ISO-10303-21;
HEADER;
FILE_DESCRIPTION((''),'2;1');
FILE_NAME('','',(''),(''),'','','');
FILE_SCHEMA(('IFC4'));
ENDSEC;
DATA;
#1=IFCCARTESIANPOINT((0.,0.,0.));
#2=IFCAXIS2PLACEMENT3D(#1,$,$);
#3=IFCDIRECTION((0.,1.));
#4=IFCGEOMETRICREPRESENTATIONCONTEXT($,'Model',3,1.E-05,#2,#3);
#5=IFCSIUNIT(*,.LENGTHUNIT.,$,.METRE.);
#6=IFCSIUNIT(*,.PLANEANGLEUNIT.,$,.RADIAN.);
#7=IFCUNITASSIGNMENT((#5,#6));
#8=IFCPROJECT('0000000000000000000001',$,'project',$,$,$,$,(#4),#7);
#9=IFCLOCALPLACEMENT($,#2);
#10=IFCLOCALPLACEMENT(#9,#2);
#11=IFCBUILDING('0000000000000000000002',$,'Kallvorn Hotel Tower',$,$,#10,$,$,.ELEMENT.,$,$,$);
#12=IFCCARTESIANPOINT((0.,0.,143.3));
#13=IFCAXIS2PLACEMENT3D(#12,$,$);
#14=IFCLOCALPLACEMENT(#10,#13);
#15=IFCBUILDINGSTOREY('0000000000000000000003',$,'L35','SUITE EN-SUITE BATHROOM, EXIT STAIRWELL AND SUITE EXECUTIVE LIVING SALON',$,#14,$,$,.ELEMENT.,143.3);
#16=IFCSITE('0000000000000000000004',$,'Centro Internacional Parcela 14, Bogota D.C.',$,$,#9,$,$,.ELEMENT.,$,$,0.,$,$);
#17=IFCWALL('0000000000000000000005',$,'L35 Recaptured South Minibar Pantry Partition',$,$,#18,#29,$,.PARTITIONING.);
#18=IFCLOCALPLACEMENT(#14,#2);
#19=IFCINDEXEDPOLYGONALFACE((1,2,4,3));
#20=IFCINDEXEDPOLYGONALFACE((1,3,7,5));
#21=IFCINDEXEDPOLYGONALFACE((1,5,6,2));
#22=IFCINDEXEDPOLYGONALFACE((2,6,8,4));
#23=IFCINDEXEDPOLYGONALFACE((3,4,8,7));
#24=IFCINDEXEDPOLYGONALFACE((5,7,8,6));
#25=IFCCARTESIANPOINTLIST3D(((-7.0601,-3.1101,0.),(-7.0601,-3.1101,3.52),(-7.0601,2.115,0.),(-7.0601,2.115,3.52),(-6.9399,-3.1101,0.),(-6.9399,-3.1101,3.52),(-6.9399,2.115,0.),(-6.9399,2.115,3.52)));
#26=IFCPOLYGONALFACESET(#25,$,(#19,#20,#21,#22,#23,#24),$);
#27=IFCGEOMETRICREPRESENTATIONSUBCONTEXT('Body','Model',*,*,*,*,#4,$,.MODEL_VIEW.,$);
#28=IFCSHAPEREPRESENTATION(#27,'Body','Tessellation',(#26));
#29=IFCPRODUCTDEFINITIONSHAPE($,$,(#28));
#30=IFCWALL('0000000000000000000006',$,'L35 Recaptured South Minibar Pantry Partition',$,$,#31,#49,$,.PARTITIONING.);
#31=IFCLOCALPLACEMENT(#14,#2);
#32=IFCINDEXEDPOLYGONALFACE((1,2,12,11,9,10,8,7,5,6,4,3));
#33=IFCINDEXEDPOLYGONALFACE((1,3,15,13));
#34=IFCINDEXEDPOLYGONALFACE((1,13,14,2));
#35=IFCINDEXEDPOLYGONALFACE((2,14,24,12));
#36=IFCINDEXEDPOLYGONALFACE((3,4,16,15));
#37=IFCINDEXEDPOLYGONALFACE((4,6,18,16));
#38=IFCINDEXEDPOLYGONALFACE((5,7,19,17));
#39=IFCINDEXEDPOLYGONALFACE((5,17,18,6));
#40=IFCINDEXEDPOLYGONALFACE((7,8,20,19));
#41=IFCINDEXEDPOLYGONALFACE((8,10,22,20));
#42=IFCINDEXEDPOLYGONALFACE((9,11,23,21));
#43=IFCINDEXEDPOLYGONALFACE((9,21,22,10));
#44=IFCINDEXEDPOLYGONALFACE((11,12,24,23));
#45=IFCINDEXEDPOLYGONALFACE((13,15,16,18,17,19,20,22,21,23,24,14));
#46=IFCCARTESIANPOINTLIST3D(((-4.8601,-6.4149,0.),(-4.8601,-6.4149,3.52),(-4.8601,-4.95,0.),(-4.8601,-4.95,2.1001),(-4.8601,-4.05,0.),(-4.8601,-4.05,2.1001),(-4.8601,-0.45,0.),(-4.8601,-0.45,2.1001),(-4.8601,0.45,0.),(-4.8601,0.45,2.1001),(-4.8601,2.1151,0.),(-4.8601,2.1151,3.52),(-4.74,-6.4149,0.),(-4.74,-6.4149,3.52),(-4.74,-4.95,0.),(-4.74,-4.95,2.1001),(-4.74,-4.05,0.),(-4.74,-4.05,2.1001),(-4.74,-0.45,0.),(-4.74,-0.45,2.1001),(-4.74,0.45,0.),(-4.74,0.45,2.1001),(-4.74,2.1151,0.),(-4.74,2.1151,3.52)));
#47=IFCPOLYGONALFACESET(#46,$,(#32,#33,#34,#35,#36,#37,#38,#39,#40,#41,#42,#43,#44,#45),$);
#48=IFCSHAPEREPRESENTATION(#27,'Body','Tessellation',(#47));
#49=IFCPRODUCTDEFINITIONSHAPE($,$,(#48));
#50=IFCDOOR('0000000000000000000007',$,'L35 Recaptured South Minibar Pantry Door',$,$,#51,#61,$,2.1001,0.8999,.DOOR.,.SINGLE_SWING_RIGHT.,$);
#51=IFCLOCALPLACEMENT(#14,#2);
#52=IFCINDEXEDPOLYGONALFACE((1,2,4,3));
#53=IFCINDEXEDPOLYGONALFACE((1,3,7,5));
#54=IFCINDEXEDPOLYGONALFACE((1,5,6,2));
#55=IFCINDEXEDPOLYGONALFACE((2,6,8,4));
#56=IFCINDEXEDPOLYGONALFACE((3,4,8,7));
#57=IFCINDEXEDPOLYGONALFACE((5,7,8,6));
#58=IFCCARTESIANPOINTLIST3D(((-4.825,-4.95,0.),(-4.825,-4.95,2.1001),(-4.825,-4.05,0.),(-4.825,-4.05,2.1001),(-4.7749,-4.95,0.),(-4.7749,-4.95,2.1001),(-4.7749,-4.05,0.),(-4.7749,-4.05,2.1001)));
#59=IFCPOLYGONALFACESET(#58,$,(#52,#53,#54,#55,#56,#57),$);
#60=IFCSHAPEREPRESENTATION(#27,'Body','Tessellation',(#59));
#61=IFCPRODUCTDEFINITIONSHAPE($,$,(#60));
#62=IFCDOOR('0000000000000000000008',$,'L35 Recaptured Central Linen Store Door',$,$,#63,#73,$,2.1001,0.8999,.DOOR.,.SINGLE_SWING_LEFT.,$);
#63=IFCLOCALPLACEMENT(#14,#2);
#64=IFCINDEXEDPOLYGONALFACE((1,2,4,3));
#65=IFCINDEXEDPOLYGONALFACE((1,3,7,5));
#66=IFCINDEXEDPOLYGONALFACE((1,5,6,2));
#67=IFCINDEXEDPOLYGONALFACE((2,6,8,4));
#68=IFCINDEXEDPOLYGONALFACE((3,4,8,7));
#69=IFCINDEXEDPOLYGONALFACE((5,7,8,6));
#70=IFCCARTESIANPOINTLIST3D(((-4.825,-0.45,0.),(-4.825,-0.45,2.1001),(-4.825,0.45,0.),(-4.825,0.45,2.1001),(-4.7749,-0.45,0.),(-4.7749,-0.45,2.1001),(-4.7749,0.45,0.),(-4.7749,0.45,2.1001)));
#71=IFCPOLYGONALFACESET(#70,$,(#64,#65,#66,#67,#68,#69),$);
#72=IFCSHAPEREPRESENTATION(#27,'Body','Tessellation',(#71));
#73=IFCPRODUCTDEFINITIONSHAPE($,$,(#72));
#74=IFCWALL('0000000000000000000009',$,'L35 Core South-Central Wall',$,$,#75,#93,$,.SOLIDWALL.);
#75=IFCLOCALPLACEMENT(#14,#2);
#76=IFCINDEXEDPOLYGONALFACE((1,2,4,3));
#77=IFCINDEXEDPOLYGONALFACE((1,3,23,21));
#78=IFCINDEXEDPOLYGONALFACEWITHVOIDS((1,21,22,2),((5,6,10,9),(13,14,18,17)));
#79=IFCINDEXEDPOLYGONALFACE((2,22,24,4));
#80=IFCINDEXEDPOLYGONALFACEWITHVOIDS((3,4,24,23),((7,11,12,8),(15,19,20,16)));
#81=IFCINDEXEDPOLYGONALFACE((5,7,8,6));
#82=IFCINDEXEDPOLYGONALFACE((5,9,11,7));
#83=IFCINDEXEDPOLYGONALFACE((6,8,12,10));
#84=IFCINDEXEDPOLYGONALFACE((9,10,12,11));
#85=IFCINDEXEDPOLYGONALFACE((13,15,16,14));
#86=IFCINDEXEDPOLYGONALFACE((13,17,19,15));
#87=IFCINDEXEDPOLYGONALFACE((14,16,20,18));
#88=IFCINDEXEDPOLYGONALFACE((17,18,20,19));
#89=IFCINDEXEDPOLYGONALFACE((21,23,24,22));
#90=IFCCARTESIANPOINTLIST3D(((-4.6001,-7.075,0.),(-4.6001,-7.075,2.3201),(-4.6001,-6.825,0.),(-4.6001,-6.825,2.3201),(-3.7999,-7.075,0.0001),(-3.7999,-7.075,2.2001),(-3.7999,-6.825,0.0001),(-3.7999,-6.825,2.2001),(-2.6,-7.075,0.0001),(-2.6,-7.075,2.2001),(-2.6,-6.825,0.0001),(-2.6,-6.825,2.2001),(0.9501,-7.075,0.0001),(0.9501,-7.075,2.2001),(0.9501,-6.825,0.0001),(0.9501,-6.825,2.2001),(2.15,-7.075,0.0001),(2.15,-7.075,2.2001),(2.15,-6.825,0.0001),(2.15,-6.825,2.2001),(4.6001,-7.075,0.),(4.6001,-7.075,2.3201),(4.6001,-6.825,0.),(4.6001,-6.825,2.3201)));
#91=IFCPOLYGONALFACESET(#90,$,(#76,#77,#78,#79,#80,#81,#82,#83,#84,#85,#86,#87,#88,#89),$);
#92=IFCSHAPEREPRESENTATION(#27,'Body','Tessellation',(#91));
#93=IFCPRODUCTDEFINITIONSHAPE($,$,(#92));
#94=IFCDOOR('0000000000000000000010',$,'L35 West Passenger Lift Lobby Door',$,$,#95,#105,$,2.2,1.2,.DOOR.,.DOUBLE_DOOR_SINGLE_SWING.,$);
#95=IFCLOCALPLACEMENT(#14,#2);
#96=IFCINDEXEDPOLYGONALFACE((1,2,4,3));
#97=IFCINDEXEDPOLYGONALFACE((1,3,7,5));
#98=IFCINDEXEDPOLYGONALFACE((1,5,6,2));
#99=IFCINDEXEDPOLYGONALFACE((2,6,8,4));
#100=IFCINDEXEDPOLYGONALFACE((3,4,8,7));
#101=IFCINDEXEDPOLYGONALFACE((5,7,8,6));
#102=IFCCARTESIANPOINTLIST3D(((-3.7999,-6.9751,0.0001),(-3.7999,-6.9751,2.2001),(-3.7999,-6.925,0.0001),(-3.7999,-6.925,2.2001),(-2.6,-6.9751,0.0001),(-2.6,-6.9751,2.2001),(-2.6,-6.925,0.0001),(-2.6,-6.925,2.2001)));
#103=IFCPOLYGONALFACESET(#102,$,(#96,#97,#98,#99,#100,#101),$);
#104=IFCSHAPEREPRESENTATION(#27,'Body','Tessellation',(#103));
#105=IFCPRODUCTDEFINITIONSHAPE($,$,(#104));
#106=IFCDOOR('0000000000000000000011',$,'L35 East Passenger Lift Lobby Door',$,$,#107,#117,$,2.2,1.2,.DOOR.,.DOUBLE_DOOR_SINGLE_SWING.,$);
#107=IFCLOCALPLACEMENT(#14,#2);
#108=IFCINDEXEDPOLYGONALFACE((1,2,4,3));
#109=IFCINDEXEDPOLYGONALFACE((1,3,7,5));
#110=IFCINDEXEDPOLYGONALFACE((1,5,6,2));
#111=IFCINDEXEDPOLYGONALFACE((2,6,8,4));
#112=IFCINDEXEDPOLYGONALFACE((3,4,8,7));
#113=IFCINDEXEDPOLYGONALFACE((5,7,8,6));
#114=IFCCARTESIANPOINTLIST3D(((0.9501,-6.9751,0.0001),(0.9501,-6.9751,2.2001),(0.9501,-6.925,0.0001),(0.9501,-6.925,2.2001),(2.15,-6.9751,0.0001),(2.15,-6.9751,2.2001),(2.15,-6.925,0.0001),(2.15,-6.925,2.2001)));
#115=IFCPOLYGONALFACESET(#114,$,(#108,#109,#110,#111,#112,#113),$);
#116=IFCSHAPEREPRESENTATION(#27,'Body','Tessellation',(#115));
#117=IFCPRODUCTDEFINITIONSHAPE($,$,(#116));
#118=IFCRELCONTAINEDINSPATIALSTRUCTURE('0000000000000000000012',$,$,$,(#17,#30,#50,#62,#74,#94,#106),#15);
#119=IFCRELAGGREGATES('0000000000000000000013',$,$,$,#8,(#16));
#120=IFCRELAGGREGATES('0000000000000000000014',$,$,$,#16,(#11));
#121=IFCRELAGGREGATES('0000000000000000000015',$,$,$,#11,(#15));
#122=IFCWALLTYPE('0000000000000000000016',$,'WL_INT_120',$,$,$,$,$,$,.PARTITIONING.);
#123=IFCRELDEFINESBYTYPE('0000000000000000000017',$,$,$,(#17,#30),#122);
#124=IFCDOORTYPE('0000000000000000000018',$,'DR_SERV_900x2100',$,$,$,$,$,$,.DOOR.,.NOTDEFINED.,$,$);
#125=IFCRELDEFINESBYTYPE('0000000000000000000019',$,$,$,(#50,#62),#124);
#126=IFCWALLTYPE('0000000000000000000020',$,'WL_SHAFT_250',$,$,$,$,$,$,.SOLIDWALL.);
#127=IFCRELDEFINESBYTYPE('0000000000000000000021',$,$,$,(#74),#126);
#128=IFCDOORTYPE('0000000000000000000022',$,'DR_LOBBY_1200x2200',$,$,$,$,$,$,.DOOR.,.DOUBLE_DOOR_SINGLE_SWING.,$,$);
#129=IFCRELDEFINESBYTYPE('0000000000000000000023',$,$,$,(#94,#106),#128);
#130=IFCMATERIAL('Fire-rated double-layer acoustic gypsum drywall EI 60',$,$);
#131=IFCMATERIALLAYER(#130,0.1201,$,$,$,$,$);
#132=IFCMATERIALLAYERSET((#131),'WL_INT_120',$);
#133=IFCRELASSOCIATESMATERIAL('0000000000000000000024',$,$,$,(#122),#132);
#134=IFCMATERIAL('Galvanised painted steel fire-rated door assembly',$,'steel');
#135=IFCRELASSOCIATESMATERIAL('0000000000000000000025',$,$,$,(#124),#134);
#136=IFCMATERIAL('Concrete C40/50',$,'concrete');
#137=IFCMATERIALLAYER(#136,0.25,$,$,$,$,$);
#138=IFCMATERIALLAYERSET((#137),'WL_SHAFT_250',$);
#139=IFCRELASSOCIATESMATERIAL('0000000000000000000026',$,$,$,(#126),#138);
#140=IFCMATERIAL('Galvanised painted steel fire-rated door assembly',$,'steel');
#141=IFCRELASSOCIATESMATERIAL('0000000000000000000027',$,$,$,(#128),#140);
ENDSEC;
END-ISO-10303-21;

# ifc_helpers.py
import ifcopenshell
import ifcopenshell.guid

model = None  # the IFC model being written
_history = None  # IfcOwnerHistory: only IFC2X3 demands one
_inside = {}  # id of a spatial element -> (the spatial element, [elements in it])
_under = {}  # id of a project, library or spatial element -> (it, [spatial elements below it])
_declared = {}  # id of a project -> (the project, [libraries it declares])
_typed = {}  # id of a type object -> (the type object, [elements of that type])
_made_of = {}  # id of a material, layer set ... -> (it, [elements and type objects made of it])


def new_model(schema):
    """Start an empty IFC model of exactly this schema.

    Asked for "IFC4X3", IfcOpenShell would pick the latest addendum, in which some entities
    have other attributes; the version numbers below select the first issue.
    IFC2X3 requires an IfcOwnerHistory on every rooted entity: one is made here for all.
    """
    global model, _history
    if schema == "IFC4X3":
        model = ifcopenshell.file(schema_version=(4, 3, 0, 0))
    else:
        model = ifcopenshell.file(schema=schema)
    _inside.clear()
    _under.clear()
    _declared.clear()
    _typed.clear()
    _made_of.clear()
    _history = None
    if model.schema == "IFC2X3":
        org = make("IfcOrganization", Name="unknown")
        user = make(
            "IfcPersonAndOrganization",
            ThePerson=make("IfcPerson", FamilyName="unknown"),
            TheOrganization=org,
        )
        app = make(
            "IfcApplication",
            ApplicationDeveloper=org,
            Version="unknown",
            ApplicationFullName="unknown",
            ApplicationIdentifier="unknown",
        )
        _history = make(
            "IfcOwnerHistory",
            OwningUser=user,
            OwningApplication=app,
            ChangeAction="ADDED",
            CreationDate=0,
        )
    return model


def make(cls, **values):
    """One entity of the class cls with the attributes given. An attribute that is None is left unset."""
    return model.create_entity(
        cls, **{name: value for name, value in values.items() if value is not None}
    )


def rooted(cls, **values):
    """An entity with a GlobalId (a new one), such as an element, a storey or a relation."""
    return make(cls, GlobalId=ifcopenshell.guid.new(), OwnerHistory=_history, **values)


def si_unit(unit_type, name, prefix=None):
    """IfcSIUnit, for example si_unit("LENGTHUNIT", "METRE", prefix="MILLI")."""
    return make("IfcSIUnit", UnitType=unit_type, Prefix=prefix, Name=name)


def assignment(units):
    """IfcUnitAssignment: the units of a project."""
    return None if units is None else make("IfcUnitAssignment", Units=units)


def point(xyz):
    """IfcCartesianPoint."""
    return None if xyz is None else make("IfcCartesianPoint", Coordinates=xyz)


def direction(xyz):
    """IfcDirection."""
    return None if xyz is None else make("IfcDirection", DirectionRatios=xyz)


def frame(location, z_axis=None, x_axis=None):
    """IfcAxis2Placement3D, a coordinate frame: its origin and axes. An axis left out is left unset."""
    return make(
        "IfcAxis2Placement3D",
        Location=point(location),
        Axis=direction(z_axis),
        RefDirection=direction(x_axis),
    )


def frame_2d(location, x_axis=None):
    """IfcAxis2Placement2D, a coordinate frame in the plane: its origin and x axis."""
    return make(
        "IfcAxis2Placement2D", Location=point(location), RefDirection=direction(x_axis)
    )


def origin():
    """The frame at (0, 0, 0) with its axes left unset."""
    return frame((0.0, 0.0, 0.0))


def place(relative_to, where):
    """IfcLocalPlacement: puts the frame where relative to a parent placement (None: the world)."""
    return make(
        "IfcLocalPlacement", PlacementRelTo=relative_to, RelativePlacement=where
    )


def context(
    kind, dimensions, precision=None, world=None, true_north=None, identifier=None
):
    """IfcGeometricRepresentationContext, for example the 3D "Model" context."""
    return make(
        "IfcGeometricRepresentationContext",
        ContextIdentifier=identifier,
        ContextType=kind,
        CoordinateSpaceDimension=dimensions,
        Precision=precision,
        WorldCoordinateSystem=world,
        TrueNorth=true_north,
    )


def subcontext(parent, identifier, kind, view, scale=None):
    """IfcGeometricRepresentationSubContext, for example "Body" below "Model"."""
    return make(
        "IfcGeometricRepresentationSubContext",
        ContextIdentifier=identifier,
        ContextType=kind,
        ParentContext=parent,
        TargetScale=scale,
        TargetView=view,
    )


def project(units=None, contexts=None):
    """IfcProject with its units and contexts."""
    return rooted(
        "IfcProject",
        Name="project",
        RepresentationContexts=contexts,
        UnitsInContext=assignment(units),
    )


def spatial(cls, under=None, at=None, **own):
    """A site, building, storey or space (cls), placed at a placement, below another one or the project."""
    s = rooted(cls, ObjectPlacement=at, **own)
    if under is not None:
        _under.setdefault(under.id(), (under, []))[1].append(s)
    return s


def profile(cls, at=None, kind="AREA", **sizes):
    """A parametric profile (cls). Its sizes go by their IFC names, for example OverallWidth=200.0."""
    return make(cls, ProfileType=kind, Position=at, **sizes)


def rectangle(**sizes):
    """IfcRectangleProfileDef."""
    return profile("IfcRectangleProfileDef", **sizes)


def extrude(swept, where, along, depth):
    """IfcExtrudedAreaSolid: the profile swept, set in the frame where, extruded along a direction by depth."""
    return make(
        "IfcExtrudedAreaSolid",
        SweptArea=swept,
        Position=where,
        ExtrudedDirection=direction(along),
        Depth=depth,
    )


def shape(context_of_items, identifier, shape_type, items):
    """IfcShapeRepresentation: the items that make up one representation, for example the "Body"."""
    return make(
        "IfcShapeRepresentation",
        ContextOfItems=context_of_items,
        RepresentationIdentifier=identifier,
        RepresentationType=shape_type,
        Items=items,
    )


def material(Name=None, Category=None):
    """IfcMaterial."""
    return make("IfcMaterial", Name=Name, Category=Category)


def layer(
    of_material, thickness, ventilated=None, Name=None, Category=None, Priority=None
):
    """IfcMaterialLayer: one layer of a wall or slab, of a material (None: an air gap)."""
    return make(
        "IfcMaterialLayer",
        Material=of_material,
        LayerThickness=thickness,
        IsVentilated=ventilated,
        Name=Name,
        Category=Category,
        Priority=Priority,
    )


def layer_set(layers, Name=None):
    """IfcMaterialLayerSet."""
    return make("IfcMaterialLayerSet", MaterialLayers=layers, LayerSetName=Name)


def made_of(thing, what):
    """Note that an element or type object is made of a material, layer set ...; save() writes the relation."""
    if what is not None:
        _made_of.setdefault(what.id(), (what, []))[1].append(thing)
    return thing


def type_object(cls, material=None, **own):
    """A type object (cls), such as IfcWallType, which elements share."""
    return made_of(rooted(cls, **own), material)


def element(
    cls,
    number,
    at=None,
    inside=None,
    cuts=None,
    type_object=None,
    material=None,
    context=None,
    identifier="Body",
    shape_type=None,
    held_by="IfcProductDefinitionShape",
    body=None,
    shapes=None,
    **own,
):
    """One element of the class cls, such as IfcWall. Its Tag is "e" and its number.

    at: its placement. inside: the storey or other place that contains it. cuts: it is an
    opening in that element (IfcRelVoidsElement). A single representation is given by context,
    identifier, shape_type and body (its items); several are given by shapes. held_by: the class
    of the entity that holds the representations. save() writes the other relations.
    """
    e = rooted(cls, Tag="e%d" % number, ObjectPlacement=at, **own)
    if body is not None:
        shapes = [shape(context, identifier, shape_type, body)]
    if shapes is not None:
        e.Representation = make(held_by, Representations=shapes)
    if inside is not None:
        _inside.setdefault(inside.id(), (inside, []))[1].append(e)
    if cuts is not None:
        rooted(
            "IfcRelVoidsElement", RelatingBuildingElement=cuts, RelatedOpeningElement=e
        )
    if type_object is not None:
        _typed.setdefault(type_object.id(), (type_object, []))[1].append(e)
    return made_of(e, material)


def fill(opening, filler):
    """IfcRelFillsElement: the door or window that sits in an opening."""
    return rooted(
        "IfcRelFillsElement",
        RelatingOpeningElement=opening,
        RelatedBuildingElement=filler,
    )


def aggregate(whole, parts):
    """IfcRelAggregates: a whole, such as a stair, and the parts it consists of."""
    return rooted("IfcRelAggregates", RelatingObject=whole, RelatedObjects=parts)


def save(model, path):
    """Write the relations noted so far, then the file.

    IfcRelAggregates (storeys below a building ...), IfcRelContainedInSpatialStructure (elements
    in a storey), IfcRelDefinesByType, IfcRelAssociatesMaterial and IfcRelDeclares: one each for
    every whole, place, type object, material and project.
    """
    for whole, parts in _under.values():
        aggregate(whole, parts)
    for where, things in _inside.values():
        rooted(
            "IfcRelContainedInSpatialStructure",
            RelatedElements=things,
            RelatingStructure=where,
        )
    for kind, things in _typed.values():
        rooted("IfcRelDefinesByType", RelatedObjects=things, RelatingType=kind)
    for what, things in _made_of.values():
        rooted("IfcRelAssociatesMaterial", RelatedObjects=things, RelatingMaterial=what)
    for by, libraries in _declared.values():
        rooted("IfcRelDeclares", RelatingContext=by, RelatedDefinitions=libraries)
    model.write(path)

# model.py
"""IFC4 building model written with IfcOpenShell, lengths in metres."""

from ifc_helpers import new_model, si_unit, direction, frame, frame_2d, origin, place, context, subcontext, project, spatial, rectangle, extrude, material, layer, layer_set, type_object, element, fill, save


model = new_model("IFC4")

# Units and contexts
model_context = context("Model", 3, precision=1e-05, world=origin(), true_north=direction((0.0, 1.0)))
body_context = subcontext(model_context, "Body", "Model", "MODEL_VIEW")
ifc_project = project(units=[si_unit("LENGTHUNIT", "METRE"), si_unit("PLANEANGLEUNIT", "RADIAN")], contexts=[model_context])

# Site, building, storey
site_placement = place(None, origin())
site = spatial("IfcSite", under=ifc_project, at=site_placement, Name="Centro Internacional Parcela 14, Bogota D.C.", CompositionType="ELEMENT", RefElevation=0.0)
building_placement = place(site_placement, origin())
building = spatial("IfcBuilding", under=site, at=building_placement, Name="Kallvorn Hotel Tower", CompositionType="ELEMENT")
storey_placement = place(building_placement, frame((0.0, 0.0, 143.3)))
storey = spatial("IfcBuildingStorey", under=building, at=storey_placement, Name="L35", Description="SUITE EN-SUITE BATHROOM, EXIT STAIRWELL AND SUITE EXECUTIVE LIVING SALON", CompositionType="ELEMENT", Elevation=143.3)

# Wall
ifc_material_1 = material(Name="Fire-rated double-layer acoustic gypsum drywall EI 60")
ifc_layer_1 = layer(ifc_material_1, 0.1201)
ifc_layer_set_1 = layer_set([ifc_layer_1], Name="WL_INT_120")
wall_type_1 = type_object("IfcWallType", Name="WL_INT_120", PredefinedType="PARTITIONING", material=ifc_layer_set_1)
wall_1_placement = place(storey_placement, frame((-7.0, -3.1101, 0.0), z_axis=(0.0, 0.0, 1.0), x_axis=(0.0, 1.0, 0.0)))
element("IfcWall", 1, at=wall_1_placement, inside=storey, type_object=wall_type_1, Name="L35 Recaptured South Minibar Pantry Partition", PredefinedType="PARTITIONING", context=body_context, shape_type="SweptSolid", body=[
    extrude(rectangle(XDim=5.2251, YDim=0.1201, at=frame_2d((2.6125, 0.0))), origin(), (0.0, 0.0, 1.0), 3.52),
])

# Walls, openings, doors
wall_2_placement = place(storey_placement, frame((-4.8, -6.415, 0.0), z_axis=(0.0, 0.0, 1.0), x_axis=(0.0, 1.0, 0.0)))
wall_2 = element("IfcWall", 2, at=wall_2_placement, inside=storey, type_object=wall_type_1, Name="L35 Recaptured South Minibar Pantry Partition", PredefinedType="PARTITIONING", context=body_context, shape_type="SweptSolid", body=[
    extrude(rectangle(XDim=8.53, YDim=0.1201, at=frame_2d((4.2651, 0.0))), origin(), (0.0, 0.0, 1.0), 3.52),
])
opening_1_placement = place(wall_2_placement, frame((1.4651, 0.0, 0.0)))
opening_1 = element("IfcOpeningElement", 3, at=opening_1_placement, cuts=wall_2, PredefinedType="OPENING", context=body_context, shape_type="SweptSolid", body=[
    extrude(rectangle(XDim=0.8999, YDim=2.1001, at=frame_2d((0.45, 1.05))), frame((0.0, 0.075, 0.0), z_axis=(0.0, -1.0, 0.0), x_axis=(1.0, 0.0, 0.0)), (0.0, 0.0, 1.0), 0.1501),
])
opening_2_placement = place(wall_2_placement, frame((5.9651, 0.0, 0.0)))
opening_2 = element("IfcOpeningElement", 4, at=opening_2_placement, cuts=wall_2, PredefinedType="OPENING", context=body_context, shape_type="SweptSolid", body=[
    extrude(rectangle(XDim=0.8999, YDim=2.1001, at=frame_2d((0.45, 1.05))), frame((0.0, 0.075, 0.0), z_axis=(0.0, -1.0, 0.0), x_axis=(1.0, 0.0, 0.0)), (0.0, 0.0, 1.0), 0.1501),
])
ifc_material_2 = material(Name="Galvanised painted steel fire-rated door assembly", Category="steel")
door_type_1 = type_object("IfcDoorType", Name="DR_SERV_900x2100", OperationType="NOTDEFINED", PredefinedType="DOOR", material=ifc_material_2)
door_1_placement = place(opening_1_placement, origin())
door_1 = element("IfcDoor", 5, at=door_1_placement, inside=storey, type_object=door_type_1, Name="L35 Recaptured South Minibar Pantry Door", OperationType="SINGLE_SWING_RIGHT", OverallHeight=2.1001, OverallWidth=0.8999, PredefinedType="DOOR", context=body_context, shape_type="SweptSolid", body=[
    extrude(rectangle(XDim=0.8999, YDim=2.1001, at=frame_2d((0.45, 1.05))), frame((0.0, 0.0249, 0.0), z_axis=(0.0, -1.0, 0.0), x_axis=(1.0, 0.0, 0.0)), (0.0, 0.0, 1.0), 0.05),
])
fill(opening_1, door_1)
door_2_placement = place(opening_2_placement, origin())
door_2 = element("IfcDoor", 6, at=door_2_placement, inside=storey, type_object=door_type_1, Name="L35 Recaptured Central Linen Store Door", OperationType="SINGLE_SWING_LEFT", OverallHeight=2.1001, OverallWidth=0.8999, PredefinedType="DOOR", context=body_context, shape_type="SweptSolid", body=[
    extrude(rectangle(XDim=0.8999, YDim=2.1001, at=frame_2d((0.45, 1.05))), frame((0.0, 0.0249, 0.0), z_axis=(0.0, -1.0, 0.0), x_axis=(1.0, 0.0, 0.0)), (0.0, 0.0, 1.0), 0.05),
])
fill(opening_2, door_2)
ifc_material_3 = material(Name="Concrete C40/50", Category="concrete")
ifc_layer_2 = layer(ifc_material_3, 0.25)
ifc_layer_set_2 = layer_set([ifc_layer_2], Name="WL_SHAFT_250")
wall_type_2 = type_object("IfcWallType", Name="WL_SHAFT_250", PredefinedType="SOLIDWALL", material=ifc_layer_set_2)
wall_3_placement = place(storey_placement, frame((-4.6001, -6.95, 0.0), z_axis=(0.0, 0.0, 1.0), x_axis=(1.0, 0.0, 0.0)))
wall_3 = element("IfcWall", 7, at=wall_3_placement, inside=storey, type_object=wall_type_2, Name="L35 Core South-Central Wall", PredefinedType="SOLIDWALL", context=body_context, shape_type="SweptSolid", body=[
    extrude(rectangle(XDim=9.2002, YDim=0.25, at=frame_2d((4.6001, 0.0))), origin(), (0.0, 0.0, 1.0), 2.3201),
])
opening_3_placement = place(wall_3_placement, frame((0.8, 0.0, 0.0)))
opening_3 = element("IfcOpeningElement", 8, at=opening_3_placement, cuts=wall_3, PredefinedType="OPENING", context=body_context, shape_type="SweptSolid", body=[
    extrude(rectangle(XDim=1.2, YDim=2.2, at=frame_2d((0.6001, 1.1001))), frame((0.0, 0.1399, 0.0), z_axis=(0.0, -1.0, 0.0), x_axis=(1.0, 0.0, 0.0)), (0.0, 0.0, 1.0), 0.28),
])
opening_4_placement = place(wall_3_placement, frame((5.55, 0.0, 0.0)))
opening_4 = element("IfcOpeningElement", 9, at=opening_4_placement, cuts=wall_3, PredefinedType="OPENING", context=body_context, shape_type="SweptSolid", body=[
    extrude(rectangle(XDim=1.2, YDim=2.2, at=frame_2d((0.6001, 1.1001))), frame((0.0, 0.1399, 0.0), z_axis=(0.0, -1.0, 0.0), x_axis=(1.0, 0.0, 0.0)), (0.0, 0.0, 1.0), 0.28),
])
ifc_material_4 = material(Name="Galvanised painted steel fire-rated door assembly", Category="steel")
door_type_2 = type_object("IfcDoorType", Name="DR_LOBBY_1200x2200", OperationType="DOUBLE_DOOR_SINGLE_SWING", PredefinedType="DOOR", material=ifc_material_4)
door_3_placement = place(opening_3_placement, origin())
door_3 = element("IfcDoor", 10, at=door_3_placement, inside=storey, type_object=door_type_2, Name="L35 West Passenger Lift Lobby Door", OperationType="DOUBLE_DOOR_SINGLE_SWING", OverallHeight=2.2, OverallWidth=1.2, PredefinedType="DOOR", context=body_context, shape_type="SweptSolid", body=[
    extrude(rectangle(XDim=1.2, YDim=2.2, at=frame_2d((0.6001, 1.1001))), frame((0.0, 0.0249, 0.0), z_axis=(0.0, -1.0, 0.0), x_axis=(1.0, 0.0, 0.0)), (0.0, 0.0, 1.0), 0.05),
])
fill(opening_3, door_3)
door_4_placement = place(opening_4_placement, origin())
door_4 = element("IfcDoor", 11, at=door_4_placement, inside=storey, type_object=door_type_2, Name="L35 East Passenger Lift Lobby Door", OperationType="DOUBLE_DOOR_SINGLE_SWING", OverallHeight=2.2, OverallWidth=1.2, PredefinedType="DOOR", context=body_context, shape_type="SweptSolid", body=[
    extrude(rectangle(XDim=1.2, YDim=2.2, at=frame_2d((0.6001, 1.1001))), frame((0.0, 0.0249, 0.0), z_axis=(0.0, -1.0, 0.0), x_axis=(1.0, 0.0, 0.0)), (0.0, 0.0, 1.0), 0.05),
])
fill(opening_4, door_4)

save(model, "model.ifc")
